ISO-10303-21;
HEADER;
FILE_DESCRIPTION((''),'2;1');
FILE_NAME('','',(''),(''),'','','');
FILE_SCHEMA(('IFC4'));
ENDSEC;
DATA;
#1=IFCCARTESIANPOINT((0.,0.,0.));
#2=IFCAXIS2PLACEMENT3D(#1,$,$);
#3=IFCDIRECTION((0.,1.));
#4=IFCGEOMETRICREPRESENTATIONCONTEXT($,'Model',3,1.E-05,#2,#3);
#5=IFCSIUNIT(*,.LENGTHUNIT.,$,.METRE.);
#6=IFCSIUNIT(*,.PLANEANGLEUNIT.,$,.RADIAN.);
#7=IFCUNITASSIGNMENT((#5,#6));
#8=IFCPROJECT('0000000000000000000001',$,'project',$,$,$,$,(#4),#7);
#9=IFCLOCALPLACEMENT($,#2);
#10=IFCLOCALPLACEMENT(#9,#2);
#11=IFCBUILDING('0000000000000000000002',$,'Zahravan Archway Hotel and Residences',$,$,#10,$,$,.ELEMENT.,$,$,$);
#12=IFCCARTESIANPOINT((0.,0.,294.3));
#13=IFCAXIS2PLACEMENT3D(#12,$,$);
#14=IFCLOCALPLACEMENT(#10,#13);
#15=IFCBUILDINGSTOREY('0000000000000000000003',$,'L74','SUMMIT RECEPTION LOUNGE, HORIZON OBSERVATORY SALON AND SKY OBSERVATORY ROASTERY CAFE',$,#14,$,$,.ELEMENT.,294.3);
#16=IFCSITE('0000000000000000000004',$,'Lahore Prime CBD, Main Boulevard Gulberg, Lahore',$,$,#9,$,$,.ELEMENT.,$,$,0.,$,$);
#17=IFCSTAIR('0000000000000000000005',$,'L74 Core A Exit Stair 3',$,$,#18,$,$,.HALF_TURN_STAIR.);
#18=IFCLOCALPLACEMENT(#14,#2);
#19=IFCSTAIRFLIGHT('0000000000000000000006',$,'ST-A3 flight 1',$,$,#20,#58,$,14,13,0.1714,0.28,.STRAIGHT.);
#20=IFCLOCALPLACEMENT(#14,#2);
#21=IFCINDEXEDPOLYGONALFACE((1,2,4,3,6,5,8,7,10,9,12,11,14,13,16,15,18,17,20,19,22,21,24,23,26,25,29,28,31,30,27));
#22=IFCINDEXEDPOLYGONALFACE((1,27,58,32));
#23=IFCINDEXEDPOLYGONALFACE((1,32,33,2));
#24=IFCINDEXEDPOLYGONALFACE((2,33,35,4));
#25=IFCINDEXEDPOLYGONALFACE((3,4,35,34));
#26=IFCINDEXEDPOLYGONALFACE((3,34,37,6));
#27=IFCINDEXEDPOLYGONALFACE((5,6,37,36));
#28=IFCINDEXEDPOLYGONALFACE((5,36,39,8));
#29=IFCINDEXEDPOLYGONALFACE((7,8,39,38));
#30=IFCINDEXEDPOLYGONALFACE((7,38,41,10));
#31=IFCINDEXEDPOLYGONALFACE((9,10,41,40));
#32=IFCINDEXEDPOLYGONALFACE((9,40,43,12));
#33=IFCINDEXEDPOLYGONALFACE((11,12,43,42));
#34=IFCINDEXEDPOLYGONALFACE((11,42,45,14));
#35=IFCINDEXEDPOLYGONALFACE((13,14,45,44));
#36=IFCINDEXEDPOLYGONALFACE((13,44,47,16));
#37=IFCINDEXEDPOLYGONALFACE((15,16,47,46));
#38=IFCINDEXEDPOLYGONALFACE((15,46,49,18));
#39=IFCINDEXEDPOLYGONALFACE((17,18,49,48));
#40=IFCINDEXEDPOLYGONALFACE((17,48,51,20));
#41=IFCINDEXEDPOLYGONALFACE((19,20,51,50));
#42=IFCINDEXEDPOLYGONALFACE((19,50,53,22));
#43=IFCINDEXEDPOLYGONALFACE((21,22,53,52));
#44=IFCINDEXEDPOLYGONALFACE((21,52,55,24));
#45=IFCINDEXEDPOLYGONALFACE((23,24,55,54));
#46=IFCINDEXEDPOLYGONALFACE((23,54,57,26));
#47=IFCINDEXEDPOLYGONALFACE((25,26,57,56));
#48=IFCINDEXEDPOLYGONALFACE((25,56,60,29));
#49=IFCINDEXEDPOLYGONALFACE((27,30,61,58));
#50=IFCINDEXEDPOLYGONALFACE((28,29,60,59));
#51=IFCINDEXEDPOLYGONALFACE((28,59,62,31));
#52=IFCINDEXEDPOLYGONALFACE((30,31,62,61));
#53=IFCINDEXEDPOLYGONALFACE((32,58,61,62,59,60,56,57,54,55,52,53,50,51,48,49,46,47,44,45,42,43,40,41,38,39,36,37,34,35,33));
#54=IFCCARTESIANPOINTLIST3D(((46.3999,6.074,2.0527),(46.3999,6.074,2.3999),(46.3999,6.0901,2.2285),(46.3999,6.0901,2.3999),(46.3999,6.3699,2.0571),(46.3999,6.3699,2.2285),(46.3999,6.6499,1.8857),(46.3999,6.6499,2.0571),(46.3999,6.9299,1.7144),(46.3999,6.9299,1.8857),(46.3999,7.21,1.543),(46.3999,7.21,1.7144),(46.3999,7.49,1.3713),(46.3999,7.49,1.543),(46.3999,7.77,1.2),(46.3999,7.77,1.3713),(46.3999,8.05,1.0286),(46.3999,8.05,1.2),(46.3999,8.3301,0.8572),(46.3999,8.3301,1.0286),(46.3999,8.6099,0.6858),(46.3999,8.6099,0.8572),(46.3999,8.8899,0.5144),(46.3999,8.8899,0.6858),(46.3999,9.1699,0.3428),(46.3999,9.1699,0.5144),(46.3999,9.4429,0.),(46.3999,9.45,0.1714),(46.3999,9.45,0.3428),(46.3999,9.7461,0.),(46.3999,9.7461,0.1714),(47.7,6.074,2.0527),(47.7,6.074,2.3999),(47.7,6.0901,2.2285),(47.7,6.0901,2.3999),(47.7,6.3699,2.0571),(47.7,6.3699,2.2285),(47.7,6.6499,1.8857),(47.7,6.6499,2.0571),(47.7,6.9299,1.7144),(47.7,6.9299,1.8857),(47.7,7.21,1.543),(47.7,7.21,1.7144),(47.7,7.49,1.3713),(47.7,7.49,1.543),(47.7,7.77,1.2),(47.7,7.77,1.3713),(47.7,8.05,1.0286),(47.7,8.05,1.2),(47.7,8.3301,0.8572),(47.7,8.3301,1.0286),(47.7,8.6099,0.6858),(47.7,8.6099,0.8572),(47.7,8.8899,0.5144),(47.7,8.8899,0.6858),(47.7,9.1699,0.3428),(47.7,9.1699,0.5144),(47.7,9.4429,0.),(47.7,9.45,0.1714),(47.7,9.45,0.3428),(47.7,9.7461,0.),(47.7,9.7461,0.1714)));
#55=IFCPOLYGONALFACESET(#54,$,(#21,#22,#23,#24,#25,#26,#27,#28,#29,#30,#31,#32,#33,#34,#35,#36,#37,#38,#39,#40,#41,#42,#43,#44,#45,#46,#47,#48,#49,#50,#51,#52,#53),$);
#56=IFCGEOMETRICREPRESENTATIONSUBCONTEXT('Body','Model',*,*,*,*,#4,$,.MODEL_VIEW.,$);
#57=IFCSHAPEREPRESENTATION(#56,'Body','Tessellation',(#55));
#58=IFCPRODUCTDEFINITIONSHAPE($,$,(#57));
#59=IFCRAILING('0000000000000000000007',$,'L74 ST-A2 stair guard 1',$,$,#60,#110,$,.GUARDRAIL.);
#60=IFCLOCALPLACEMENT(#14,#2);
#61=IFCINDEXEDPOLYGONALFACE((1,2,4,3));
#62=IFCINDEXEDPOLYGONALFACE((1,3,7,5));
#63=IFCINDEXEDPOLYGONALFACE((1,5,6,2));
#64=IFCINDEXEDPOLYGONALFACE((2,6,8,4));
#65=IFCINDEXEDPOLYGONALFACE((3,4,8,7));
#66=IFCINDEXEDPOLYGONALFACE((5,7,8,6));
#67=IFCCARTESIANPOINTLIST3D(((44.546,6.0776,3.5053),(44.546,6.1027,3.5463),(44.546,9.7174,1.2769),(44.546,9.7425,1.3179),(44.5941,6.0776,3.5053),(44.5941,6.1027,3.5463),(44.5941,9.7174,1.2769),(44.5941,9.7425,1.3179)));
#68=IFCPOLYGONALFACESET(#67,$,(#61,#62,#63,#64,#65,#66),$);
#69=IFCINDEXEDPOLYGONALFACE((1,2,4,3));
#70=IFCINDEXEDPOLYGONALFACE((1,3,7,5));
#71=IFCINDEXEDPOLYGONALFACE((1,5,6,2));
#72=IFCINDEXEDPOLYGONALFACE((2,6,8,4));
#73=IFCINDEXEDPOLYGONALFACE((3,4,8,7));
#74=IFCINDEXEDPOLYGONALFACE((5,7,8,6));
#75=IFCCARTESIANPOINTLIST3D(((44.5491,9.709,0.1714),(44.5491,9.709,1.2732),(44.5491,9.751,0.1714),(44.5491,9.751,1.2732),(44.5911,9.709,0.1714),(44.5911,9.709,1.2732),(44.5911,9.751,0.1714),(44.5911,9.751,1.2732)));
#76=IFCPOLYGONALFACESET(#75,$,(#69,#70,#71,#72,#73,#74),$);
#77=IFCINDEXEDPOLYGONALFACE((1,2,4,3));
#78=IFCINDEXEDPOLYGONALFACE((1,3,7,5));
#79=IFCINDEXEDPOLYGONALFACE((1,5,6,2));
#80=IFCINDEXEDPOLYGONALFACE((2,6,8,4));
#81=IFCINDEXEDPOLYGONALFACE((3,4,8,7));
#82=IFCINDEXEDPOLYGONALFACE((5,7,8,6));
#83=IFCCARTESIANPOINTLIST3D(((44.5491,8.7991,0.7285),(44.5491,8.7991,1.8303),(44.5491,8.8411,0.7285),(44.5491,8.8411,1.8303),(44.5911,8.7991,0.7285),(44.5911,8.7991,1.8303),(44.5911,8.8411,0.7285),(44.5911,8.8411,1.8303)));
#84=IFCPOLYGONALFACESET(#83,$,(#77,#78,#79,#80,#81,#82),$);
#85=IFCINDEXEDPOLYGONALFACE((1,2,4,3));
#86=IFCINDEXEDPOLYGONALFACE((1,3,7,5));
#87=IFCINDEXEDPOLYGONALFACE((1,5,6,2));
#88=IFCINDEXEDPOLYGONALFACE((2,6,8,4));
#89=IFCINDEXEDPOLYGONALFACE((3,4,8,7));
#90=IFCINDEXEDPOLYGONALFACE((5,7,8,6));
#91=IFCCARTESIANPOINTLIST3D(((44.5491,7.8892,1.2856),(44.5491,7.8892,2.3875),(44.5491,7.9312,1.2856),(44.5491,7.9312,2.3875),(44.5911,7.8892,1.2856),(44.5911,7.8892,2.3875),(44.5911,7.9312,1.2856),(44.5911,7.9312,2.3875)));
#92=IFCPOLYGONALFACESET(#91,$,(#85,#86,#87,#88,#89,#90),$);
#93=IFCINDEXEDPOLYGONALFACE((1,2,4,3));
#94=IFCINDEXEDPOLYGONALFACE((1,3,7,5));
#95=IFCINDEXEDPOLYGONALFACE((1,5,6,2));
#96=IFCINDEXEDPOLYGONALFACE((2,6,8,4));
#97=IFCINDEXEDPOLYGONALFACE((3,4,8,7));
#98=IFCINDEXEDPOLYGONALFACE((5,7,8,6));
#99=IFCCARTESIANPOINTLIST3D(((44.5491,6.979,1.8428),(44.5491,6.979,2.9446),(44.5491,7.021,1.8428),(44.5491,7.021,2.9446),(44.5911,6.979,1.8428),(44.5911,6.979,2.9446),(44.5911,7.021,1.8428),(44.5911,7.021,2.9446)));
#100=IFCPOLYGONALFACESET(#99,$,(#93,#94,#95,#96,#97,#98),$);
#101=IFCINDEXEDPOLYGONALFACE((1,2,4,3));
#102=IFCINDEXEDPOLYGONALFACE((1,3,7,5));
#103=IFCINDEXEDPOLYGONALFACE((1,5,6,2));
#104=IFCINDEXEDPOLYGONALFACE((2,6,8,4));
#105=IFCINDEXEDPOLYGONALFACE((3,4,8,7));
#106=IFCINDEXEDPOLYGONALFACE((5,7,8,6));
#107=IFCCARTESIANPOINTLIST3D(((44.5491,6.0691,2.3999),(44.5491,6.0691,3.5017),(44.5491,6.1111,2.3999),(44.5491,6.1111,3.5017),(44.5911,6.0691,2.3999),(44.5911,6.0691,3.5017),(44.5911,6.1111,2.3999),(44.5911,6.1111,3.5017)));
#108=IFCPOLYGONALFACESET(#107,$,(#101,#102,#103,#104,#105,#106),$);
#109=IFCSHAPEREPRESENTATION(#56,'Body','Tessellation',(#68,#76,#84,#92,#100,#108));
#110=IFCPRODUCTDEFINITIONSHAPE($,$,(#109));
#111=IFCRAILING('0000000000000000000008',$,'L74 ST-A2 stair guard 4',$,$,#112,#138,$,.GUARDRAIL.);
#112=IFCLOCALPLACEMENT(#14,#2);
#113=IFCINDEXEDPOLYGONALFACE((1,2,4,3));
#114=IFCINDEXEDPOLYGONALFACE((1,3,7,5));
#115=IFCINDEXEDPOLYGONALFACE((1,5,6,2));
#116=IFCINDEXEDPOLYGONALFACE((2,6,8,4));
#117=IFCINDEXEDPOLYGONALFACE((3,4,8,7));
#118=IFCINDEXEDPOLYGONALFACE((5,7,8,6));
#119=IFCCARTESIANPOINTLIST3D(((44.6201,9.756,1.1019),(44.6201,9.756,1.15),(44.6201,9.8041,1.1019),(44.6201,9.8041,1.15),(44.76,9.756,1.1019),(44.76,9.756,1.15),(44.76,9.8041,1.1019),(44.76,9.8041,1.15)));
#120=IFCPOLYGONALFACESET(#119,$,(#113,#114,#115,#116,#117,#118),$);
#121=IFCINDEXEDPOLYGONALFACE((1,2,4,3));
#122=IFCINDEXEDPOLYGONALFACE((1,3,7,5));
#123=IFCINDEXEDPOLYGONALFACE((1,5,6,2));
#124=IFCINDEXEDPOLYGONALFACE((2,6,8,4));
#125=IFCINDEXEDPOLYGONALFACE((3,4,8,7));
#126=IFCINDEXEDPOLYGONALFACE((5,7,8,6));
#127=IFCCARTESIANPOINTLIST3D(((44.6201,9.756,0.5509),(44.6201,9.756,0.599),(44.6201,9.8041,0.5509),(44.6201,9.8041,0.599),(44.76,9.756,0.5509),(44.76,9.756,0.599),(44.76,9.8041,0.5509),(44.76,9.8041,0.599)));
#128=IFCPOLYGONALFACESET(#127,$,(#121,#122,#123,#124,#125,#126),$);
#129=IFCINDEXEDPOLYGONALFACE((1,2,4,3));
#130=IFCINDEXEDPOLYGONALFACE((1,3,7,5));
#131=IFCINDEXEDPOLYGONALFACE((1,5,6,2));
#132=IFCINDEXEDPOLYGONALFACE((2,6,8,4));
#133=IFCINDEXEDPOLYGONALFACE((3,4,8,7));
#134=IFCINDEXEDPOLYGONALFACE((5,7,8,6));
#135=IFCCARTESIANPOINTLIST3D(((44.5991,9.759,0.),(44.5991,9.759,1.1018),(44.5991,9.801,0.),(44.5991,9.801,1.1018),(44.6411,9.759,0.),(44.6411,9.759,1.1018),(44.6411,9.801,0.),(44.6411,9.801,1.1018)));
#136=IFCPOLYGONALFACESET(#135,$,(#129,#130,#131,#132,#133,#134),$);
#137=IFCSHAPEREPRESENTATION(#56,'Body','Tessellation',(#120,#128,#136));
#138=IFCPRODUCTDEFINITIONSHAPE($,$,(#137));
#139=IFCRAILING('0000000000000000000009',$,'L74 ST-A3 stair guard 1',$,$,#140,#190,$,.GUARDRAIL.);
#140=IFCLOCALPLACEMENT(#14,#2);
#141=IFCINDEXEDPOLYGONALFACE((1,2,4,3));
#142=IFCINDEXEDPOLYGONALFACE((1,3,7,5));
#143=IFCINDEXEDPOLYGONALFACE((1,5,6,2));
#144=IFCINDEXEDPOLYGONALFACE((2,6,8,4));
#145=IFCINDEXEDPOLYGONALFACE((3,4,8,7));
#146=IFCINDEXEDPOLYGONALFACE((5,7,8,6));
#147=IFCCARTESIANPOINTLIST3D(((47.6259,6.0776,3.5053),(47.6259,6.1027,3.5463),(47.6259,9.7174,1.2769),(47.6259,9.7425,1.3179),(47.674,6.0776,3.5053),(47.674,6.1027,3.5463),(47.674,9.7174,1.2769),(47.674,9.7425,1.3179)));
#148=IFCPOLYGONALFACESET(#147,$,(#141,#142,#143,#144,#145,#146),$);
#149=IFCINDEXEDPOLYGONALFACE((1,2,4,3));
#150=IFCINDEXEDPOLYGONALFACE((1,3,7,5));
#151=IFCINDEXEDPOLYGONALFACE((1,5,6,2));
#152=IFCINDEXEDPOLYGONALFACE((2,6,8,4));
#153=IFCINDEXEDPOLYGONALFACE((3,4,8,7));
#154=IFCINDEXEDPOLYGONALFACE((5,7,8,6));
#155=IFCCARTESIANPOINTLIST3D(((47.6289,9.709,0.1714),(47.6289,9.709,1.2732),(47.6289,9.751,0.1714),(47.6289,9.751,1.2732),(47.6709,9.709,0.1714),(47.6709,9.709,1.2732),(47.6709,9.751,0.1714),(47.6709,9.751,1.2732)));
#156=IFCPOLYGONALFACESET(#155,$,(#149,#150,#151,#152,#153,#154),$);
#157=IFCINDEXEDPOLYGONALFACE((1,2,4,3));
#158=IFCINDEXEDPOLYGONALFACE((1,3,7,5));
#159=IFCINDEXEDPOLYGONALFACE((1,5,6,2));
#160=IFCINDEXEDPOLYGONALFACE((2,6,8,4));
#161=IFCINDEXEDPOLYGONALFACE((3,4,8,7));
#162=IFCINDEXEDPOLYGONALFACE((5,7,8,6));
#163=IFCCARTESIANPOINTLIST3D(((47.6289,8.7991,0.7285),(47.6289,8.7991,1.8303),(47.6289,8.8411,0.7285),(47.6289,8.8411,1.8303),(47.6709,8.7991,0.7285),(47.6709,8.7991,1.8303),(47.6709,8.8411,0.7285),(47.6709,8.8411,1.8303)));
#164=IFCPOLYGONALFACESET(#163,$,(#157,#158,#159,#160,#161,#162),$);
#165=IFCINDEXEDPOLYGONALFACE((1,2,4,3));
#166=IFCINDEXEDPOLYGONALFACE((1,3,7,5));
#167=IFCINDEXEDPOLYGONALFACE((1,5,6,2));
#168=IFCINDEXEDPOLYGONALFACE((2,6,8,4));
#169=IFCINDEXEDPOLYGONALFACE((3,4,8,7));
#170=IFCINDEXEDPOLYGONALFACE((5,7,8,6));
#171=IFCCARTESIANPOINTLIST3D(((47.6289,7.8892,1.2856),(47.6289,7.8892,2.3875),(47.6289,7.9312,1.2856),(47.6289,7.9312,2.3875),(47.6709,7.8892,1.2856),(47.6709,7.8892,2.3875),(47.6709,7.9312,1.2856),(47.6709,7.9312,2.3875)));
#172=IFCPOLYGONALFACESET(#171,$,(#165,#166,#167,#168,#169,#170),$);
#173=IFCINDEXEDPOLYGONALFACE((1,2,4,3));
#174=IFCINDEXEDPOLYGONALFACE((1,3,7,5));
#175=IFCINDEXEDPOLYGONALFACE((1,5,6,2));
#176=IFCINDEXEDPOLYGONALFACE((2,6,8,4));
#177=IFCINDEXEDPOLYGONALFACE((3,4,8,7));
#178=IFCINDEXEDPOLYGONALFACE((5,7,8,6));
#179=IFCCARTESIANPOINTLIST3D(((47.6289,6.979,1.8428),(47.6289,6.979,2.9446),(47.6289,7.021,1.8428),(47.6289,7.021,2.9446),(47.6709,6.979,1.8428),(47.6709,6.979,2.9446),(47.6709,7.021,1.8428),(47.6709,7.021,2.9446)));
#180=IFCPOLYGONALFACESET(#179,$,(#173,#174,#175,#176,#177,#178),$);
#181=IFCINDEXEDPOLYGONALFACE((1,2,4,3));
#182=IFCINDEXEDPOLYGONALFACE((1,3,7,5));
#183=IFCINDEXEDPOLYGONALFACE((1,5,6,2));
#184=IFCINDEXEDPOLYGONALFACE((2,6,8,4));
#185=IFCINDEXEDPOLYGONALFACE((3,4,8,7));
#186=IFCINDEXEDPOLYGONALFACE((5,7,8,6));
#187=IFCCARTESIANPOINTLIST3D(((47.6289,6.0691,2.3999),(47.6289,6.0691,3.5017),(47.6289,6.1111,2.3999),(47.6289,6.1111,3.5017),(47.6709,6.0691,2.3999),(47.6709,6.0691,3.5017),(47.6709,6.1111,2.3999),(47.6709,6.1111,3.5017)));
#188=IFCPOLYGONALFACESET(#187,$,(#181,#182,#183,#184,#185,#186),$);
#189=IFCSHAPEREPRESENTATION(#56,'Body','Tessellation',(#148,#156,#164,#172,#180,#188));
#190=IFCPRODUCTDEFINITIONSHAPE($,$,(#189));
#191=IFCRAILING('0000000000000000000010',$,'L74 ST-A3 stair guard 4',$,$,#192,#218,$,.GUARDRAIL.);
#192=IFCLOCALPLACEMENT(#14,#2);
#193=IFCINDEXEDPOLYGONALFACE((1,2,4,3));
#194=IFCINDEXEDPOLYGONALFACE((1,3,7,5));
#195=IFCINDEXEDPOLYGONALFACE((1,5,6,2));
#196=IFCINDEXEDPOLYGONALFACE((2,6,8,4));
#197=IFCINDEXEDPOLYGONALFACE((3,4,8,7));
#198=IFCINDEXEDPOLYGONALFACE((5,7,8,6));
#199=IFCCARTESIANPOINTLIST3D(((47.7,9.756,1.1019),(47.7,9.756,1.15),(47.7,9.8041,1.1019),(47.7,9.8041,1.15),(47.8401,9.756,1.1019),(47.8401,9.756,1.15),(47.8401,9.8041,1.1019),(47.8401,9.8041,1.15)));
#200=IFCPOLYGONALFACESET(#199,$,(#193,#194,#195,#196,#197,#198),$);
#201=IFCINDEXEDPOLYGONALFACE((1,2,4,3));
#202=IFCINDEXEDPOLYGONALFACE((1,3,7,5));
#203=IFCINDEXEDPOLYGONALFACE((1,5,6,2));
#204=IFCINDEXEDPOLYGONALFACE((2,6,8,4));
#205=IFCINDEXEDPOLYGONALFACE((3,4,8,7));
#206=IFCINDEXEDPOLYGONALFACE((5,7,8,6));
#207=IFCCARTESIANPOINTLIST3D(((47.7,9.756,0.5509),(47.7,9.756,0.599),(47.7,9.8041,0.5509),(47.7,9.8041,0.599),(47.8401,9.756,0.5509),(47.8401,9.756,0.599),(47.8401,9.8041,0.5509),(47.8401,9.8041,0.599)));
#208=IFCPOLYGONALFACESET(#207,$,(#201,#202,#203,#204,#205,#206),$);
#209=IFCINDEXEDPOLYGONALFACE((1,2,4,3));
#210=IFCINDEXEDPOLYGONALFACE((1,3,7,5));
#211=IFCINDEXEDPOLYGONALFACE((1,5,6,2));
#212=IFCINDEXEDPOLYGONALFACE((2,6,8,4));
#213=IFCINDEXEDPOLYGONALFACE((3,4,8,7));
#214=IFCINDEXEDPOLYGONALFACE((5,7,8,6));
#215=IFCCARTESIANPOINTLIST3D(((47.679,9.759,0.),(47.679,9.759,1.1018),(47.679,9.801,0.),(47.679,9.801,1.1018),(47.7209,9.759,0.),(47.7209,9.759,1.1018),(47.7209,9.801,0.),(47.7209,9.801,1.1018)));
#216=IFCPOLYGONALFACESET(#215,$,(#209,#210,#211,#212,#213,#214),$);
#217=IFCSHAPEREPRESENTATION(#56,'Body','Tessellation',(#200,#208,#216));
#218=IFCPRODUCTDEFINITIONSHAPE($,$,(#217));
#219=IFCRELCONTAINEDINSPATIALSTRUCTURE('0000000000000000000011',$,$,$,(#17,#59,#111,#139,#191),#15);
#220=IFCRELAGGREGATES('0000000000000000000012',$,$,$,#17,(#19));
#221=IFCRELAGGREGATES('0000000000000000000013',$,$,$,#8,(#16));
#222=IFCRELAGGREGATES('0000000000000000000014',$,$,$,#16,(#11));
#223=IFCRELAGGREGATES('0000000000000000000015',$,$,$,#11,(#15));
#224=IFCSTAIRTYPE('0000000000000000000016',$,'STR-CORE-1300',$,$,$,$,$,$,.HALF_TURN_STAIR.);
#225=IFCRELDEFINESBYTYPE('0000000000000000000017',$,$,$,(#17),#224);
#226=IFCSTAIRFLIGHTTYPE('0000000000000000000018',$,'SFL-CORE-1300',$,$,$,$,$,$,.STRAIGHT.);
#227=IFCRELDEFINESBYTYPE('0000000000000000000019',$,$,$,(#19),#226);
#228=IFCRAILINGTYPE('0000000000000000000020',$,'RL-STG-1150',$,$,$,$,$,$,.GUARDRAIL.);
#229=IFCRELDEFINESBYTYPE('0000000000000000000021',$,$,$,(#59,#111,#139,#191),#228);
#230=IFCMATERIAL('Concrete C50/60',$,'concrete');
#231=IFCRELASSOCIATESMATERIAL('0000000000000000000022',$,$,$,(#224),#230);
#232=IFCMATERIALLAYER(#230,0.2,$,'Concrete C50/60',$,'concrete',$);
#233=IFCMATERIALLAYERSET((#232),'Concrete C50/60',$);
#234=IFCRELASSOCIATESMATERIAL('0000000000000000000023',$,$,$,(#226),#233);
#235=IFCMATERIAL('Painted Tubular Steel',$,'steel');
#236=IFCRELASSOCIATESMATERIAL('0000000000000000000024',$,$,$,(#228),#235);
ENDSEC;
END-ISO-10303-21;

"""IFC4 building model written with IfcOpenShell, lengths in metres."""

from ifc_helpers import new_model, si_unit, direction, frame, origin, origin_2d, place, context, subcontext, project, spatial, polyline, rectangle, outline, extrude, source, transform, mapped, material, layer, layer_set, type_object, element, aggregate, save


model = new_model("IFC4")

# Units and contexts
model_context = context("Model", 3, precision=1e-05, world=origin(), true_north=direction((0.0, 1.0)))
body_context = subcontext(model_context, "Body", "Model", "MODEL_VIEW")
ifc_project = project(units=[si_unit("LENGTHUNIT", "METRE"), si_unit("PLANEANGLEUNIT", "RADIAN")], contexts=[model_context])

# Site, building, storey
site_placement = place(None, origin())
site = spatial("IfcSite", under=ifc_project, at=site_placement, Name="Lahore Prime CBD, Main Boulevard Gulberg, Lahore", CompositionType="ELEMENT", RefElevation=0.0)
building_placement = place(site_placement, origin())
building = spatial("IfcBuilding", under=site, at=building_placement, Name="Zahravan Archway Hotel and Residences", CompositionType="ELEMENT")
storey_placement = place(building_placement, frame((0.0, 0.0, 294.3)))
storey = spatial("IfcBuildingStorey", under=building, at=storey_placement, Name="L74", Description="SUMMIT RECEPTION LOUNGE, HORIZON OBSERVATORY SALON AND SKY OBSERVATORY ROASTERY CAFE", CompositionType="ELEMENT", Elevation=294.3)

# Shared definitions
ifc_material_1 = material(Name="Concrete C50/60", Category="concrete")

# Stair, stair flight
stair_type = type_object("IfcStairType", Name="STR-CORE-1300", PredefinedType="HALF_TURN_STAIR", material=ifc_material_1)
ifc_layer_1 = layer(ifc_material_1, 0.2, Name="Concrete C50/60", Category="concrete")
ifc_layer_set_1 = layer_set([ifc_layer_1], Name="Concrete C50/60")
stair_flight_type = type_object("IfcStairFlightType", Name="SFL-CORE-1300", PredefinedType="STRAIGHT", material=ifc_layer_set_1)
shared_shape_1 = source(origin(), body_context, "Body", "SweptSolid", [
    extrude(outline(polyline([(-0.0161, 0.0), (-0.0161, 0.1714), (0.28, 0.1714), (0.28, 0.3428), (0.5601, 0.3428), (0.5601, 0.5144), (0.8401, 0.5144), (0.8401, 0.6858), (1.1201, 0.6858), (1.1201, 0.8572), (1.3999, 0.8572), (1.3999, 1.0286), (1.6799, 1.0286), (1.6799, 1.2), (1.96, 1.2), (1.96, 1.3713), (2.24, 1.3713), (2.24, 1.543), (2.52, 1.543), (2.52, 1.7144), (2.8, 1.7144), (2.8, 1.8857), (3.0801, 1.8857), (3.0801, 2.0571), (3.3601, 2.0571), (3.3601, 2.2285), (3.6399, 2.2285), (3.6399, 2.3999), (3.656, 2.3999), (3.656, 2.0527), (0.2871, 0.0), (-0.0161, 0.0)])), frame((0.0, 0.6499, 0.0), z_axis=(0.0, -1.0, 0.0), x_axis=(1.0, 0.0, 0.0)), (0.0, 0.0, 1.0), 1.3),
])
stair_1_placement = place(storey_placement, origin())
stair_1 = element("IfcStair", 1, at=stair_1_placement, inside=storey, type_object=stair_type, Name="L74 Core A Exit Stair 3", PredefinedType="HALF_TURN_STAIR")
stair_flight_1_placement = place(storey_placement, frame((47.05, 9.73, 0.0), z_axis=(0.0, 0.0, 1.0), x_axis=(0.0, -1.0, 0.0)))
stair_flight_1 = element("IfcStairFlight", 2, at=stair_flight_1_placement, type_object=stair_flight_type, Name="ST-A3 flight 1", NumberOfRisers=14, NumberOfTreads=13, PredefinedType="STRAIGHT", RiserHeight=0.1714, TreadLength=0.28, context=body_context, shape_type="MappedRepresentation", body=[
    mapped(shared_shape_1, transform((0.0, 0.0, 0.0), scale=1.0)),
])
aggregate(stair_1, [stair_flight_1])

# Railings
ifc_material_2 = material(Name="Painted Tubular Steel", Category="steel")
railing_type_1 = type_object("IfcRailingType", Name="RL-STG-1150", PredefinedType="GUARDRAIL", material=ifc_material_2)
railing_1_placement = place(storey_placement, frame((44.5701, 9.73, 0.1714)))
element("IfcRailing", 3, at=railing_1_placement, inside=storey, type_object=railing_type_1, Name="L74 ST-A2 stair guard 1", PredefinedType="GUARDRAIL", context=body_context, shape_type="SweptSolid", body=[
    extrude(rectangle(XDim=0.0481, YDim=0.0481, at=origin_2d()), frame((0.0, 0.0, 1.126), z_axis=(0.0, -0.85285, 0.522156), x_axis=(1.0, 0.0, 0.0)), (0.0, 0.0, 1.0), 4.2678),
    extrude(rectangle(XDim=0.042, YDim=0.042, at=origin_2d()), origin(), (0.0, 0.0, 1.0), 1.1018),
    extrude(rectangle(XDim=0.042, YDim=0.042, at=origin_2d()), frame((0.0, -0.9099, 0.5571)), (0.0, 0.0, 1.0), 1.1018),
    extrude(rectangle(XDim=0.042, YDim=0.042, at=origin_2d()), frame((0.0, -1.8198, 1.1143)), (0.0, 0.0, 1.0), 1.1018),
    extrude(rectangle(XDim=0.042, YDim=0.042, at=origin_2d()), frame((0.0, -2.73, 1.6714)), (0.0, 0.0, 1.0), 1.1018),
    extrude(rectangle(XDim=0.042, YDim=0.042, at=origin_2d()), frame((0.0, -3.6399, 2.2285)), (0.0, 0.0, 1.0), 1.1018),
])
railing_2_placement = place(storey_placement, frame((44.6201, 9.78, 0.0)))
element("IfcRailing", 4, at=railing_2_placement, inside=storey, type_object=railing_type_1, Name="L74 ST-A2 stair guard 4", PredefinedType="GUARDRAIL", context=body_context, shape_type="SweptSolid", body=[
    extrude(rectangle(XDim=0.0481, YDim=0.0481, at=origin_2d()), frame((0.0, 0.0, 1.126), z_axis=(1.0, 0.0, 0.0), x_axis=(0.0, 1.0, 0.0)), (0.0, 0.0, 1.0), 0.1399),
    extrude(rectangle(XDim=0.0481, YDim=0.0481, at=origin_2d()), frame((0.0, 0.0, 0.575), z_axis=(1.0, 0.0, 0.0), x_axis=(0.0, 1.0, 0.0)), (0.0, 0.0, 1.0), 0.1399),
    extrude(rectangle(XDim=0.042, YDim=0.042, at=origin_2d()), origin(), (0.0, 0.0, 1.0), 1.1018),
])
railing_3_placement = place(storey_placement, frame((47.6499, 9.73, 0.1714)))
element("IfcRailing", 5, at=railing_3_placement, inside=storey, type_object=railing_type_1, Name="L74 ST-A3 stair guard 1", PredefinedType="GUARDRAIL", context=body_context, shape_type="SweptSolid", body=[
    extrude(rectangle(XDim=0.0481, YDim=0.0481, at=origin_2d()), frame((0.0, 0.0, 1.126), z_axis=(0.0, -0.85285, 0.522156), x_axis=(1.0, 0.0, 0.0)), (0.0, 0.0, 1.0), 4.2678),
    extrude(rectangle(XDim=0.042, YDim=0.042, at=origin_2d()), origin(), (0.0, 0.0, 1.0), 1.1018),
    extrude(rectangle(XDim=0.042, YDim=0.042, at=origin_2d()), frame((0.0, -0.9099, 0.5571)), (0.0, 0.0, 1.0), 1.1018),
    extrude(rectangle(XDim=0.042, YDim=0.042, at=origin_2d()), frame((0.0, -1.8198, 1.1143)), (0.0, 0.0, 1.0), 1.1018),
    extrude(rectangle(XDim=0.042, YDim=0.042, at=origin_2d()), frame((0.0, -2.73, 1.6714)), (0.0, 0.0, 1.0), 1.1018),
    extrude(rectangle(XDim=0.042, YDim=0.042, at=origin_2d()), frame((0.0, -3.6399, 2.2285)), (0.0, 0.0, 1.0), 1.1018),
])
railing_4_placement = place(storey_placement, frame((47.7, 9.78, 0.0)))
element("IfcRailing", 6, at=railing_4_placement, inside=storey, type_object=railing_type_1, Name="L74 ST-A3 stair guard 4", PredefinedType="GUARDRAIL", context=body_context, shape_type="SweptSolid", body=[
    extrude(rectangle(XDim=0.0481, YDim=0.0481, at=origin_2d()), frame((0.0, 0.0, 1.126), z_axis=(1.0, 0.0, 0.0), x_axis=(0.0, 1.0, 0.0)), (0.0, 0.0, 1.0), 0.1401),
    extrude(rectangle(XDim=0.0481, YDim=0.0481, at=origin_2d()), frame((0.0, 0.0, 0.575), z_axis=(1.0, 0.0, 0.0), x_axis=(0.0, 1.0, 0.0)), (0.0, 0.0, 1.0), 0.1401),
    extrude(rectangle(XDim=0.042, YDim=0.042, at=origin_2d()), origin(), (0.0, 0.0, 1.0), 1.1018),
])

save(model, "model.ifc")
